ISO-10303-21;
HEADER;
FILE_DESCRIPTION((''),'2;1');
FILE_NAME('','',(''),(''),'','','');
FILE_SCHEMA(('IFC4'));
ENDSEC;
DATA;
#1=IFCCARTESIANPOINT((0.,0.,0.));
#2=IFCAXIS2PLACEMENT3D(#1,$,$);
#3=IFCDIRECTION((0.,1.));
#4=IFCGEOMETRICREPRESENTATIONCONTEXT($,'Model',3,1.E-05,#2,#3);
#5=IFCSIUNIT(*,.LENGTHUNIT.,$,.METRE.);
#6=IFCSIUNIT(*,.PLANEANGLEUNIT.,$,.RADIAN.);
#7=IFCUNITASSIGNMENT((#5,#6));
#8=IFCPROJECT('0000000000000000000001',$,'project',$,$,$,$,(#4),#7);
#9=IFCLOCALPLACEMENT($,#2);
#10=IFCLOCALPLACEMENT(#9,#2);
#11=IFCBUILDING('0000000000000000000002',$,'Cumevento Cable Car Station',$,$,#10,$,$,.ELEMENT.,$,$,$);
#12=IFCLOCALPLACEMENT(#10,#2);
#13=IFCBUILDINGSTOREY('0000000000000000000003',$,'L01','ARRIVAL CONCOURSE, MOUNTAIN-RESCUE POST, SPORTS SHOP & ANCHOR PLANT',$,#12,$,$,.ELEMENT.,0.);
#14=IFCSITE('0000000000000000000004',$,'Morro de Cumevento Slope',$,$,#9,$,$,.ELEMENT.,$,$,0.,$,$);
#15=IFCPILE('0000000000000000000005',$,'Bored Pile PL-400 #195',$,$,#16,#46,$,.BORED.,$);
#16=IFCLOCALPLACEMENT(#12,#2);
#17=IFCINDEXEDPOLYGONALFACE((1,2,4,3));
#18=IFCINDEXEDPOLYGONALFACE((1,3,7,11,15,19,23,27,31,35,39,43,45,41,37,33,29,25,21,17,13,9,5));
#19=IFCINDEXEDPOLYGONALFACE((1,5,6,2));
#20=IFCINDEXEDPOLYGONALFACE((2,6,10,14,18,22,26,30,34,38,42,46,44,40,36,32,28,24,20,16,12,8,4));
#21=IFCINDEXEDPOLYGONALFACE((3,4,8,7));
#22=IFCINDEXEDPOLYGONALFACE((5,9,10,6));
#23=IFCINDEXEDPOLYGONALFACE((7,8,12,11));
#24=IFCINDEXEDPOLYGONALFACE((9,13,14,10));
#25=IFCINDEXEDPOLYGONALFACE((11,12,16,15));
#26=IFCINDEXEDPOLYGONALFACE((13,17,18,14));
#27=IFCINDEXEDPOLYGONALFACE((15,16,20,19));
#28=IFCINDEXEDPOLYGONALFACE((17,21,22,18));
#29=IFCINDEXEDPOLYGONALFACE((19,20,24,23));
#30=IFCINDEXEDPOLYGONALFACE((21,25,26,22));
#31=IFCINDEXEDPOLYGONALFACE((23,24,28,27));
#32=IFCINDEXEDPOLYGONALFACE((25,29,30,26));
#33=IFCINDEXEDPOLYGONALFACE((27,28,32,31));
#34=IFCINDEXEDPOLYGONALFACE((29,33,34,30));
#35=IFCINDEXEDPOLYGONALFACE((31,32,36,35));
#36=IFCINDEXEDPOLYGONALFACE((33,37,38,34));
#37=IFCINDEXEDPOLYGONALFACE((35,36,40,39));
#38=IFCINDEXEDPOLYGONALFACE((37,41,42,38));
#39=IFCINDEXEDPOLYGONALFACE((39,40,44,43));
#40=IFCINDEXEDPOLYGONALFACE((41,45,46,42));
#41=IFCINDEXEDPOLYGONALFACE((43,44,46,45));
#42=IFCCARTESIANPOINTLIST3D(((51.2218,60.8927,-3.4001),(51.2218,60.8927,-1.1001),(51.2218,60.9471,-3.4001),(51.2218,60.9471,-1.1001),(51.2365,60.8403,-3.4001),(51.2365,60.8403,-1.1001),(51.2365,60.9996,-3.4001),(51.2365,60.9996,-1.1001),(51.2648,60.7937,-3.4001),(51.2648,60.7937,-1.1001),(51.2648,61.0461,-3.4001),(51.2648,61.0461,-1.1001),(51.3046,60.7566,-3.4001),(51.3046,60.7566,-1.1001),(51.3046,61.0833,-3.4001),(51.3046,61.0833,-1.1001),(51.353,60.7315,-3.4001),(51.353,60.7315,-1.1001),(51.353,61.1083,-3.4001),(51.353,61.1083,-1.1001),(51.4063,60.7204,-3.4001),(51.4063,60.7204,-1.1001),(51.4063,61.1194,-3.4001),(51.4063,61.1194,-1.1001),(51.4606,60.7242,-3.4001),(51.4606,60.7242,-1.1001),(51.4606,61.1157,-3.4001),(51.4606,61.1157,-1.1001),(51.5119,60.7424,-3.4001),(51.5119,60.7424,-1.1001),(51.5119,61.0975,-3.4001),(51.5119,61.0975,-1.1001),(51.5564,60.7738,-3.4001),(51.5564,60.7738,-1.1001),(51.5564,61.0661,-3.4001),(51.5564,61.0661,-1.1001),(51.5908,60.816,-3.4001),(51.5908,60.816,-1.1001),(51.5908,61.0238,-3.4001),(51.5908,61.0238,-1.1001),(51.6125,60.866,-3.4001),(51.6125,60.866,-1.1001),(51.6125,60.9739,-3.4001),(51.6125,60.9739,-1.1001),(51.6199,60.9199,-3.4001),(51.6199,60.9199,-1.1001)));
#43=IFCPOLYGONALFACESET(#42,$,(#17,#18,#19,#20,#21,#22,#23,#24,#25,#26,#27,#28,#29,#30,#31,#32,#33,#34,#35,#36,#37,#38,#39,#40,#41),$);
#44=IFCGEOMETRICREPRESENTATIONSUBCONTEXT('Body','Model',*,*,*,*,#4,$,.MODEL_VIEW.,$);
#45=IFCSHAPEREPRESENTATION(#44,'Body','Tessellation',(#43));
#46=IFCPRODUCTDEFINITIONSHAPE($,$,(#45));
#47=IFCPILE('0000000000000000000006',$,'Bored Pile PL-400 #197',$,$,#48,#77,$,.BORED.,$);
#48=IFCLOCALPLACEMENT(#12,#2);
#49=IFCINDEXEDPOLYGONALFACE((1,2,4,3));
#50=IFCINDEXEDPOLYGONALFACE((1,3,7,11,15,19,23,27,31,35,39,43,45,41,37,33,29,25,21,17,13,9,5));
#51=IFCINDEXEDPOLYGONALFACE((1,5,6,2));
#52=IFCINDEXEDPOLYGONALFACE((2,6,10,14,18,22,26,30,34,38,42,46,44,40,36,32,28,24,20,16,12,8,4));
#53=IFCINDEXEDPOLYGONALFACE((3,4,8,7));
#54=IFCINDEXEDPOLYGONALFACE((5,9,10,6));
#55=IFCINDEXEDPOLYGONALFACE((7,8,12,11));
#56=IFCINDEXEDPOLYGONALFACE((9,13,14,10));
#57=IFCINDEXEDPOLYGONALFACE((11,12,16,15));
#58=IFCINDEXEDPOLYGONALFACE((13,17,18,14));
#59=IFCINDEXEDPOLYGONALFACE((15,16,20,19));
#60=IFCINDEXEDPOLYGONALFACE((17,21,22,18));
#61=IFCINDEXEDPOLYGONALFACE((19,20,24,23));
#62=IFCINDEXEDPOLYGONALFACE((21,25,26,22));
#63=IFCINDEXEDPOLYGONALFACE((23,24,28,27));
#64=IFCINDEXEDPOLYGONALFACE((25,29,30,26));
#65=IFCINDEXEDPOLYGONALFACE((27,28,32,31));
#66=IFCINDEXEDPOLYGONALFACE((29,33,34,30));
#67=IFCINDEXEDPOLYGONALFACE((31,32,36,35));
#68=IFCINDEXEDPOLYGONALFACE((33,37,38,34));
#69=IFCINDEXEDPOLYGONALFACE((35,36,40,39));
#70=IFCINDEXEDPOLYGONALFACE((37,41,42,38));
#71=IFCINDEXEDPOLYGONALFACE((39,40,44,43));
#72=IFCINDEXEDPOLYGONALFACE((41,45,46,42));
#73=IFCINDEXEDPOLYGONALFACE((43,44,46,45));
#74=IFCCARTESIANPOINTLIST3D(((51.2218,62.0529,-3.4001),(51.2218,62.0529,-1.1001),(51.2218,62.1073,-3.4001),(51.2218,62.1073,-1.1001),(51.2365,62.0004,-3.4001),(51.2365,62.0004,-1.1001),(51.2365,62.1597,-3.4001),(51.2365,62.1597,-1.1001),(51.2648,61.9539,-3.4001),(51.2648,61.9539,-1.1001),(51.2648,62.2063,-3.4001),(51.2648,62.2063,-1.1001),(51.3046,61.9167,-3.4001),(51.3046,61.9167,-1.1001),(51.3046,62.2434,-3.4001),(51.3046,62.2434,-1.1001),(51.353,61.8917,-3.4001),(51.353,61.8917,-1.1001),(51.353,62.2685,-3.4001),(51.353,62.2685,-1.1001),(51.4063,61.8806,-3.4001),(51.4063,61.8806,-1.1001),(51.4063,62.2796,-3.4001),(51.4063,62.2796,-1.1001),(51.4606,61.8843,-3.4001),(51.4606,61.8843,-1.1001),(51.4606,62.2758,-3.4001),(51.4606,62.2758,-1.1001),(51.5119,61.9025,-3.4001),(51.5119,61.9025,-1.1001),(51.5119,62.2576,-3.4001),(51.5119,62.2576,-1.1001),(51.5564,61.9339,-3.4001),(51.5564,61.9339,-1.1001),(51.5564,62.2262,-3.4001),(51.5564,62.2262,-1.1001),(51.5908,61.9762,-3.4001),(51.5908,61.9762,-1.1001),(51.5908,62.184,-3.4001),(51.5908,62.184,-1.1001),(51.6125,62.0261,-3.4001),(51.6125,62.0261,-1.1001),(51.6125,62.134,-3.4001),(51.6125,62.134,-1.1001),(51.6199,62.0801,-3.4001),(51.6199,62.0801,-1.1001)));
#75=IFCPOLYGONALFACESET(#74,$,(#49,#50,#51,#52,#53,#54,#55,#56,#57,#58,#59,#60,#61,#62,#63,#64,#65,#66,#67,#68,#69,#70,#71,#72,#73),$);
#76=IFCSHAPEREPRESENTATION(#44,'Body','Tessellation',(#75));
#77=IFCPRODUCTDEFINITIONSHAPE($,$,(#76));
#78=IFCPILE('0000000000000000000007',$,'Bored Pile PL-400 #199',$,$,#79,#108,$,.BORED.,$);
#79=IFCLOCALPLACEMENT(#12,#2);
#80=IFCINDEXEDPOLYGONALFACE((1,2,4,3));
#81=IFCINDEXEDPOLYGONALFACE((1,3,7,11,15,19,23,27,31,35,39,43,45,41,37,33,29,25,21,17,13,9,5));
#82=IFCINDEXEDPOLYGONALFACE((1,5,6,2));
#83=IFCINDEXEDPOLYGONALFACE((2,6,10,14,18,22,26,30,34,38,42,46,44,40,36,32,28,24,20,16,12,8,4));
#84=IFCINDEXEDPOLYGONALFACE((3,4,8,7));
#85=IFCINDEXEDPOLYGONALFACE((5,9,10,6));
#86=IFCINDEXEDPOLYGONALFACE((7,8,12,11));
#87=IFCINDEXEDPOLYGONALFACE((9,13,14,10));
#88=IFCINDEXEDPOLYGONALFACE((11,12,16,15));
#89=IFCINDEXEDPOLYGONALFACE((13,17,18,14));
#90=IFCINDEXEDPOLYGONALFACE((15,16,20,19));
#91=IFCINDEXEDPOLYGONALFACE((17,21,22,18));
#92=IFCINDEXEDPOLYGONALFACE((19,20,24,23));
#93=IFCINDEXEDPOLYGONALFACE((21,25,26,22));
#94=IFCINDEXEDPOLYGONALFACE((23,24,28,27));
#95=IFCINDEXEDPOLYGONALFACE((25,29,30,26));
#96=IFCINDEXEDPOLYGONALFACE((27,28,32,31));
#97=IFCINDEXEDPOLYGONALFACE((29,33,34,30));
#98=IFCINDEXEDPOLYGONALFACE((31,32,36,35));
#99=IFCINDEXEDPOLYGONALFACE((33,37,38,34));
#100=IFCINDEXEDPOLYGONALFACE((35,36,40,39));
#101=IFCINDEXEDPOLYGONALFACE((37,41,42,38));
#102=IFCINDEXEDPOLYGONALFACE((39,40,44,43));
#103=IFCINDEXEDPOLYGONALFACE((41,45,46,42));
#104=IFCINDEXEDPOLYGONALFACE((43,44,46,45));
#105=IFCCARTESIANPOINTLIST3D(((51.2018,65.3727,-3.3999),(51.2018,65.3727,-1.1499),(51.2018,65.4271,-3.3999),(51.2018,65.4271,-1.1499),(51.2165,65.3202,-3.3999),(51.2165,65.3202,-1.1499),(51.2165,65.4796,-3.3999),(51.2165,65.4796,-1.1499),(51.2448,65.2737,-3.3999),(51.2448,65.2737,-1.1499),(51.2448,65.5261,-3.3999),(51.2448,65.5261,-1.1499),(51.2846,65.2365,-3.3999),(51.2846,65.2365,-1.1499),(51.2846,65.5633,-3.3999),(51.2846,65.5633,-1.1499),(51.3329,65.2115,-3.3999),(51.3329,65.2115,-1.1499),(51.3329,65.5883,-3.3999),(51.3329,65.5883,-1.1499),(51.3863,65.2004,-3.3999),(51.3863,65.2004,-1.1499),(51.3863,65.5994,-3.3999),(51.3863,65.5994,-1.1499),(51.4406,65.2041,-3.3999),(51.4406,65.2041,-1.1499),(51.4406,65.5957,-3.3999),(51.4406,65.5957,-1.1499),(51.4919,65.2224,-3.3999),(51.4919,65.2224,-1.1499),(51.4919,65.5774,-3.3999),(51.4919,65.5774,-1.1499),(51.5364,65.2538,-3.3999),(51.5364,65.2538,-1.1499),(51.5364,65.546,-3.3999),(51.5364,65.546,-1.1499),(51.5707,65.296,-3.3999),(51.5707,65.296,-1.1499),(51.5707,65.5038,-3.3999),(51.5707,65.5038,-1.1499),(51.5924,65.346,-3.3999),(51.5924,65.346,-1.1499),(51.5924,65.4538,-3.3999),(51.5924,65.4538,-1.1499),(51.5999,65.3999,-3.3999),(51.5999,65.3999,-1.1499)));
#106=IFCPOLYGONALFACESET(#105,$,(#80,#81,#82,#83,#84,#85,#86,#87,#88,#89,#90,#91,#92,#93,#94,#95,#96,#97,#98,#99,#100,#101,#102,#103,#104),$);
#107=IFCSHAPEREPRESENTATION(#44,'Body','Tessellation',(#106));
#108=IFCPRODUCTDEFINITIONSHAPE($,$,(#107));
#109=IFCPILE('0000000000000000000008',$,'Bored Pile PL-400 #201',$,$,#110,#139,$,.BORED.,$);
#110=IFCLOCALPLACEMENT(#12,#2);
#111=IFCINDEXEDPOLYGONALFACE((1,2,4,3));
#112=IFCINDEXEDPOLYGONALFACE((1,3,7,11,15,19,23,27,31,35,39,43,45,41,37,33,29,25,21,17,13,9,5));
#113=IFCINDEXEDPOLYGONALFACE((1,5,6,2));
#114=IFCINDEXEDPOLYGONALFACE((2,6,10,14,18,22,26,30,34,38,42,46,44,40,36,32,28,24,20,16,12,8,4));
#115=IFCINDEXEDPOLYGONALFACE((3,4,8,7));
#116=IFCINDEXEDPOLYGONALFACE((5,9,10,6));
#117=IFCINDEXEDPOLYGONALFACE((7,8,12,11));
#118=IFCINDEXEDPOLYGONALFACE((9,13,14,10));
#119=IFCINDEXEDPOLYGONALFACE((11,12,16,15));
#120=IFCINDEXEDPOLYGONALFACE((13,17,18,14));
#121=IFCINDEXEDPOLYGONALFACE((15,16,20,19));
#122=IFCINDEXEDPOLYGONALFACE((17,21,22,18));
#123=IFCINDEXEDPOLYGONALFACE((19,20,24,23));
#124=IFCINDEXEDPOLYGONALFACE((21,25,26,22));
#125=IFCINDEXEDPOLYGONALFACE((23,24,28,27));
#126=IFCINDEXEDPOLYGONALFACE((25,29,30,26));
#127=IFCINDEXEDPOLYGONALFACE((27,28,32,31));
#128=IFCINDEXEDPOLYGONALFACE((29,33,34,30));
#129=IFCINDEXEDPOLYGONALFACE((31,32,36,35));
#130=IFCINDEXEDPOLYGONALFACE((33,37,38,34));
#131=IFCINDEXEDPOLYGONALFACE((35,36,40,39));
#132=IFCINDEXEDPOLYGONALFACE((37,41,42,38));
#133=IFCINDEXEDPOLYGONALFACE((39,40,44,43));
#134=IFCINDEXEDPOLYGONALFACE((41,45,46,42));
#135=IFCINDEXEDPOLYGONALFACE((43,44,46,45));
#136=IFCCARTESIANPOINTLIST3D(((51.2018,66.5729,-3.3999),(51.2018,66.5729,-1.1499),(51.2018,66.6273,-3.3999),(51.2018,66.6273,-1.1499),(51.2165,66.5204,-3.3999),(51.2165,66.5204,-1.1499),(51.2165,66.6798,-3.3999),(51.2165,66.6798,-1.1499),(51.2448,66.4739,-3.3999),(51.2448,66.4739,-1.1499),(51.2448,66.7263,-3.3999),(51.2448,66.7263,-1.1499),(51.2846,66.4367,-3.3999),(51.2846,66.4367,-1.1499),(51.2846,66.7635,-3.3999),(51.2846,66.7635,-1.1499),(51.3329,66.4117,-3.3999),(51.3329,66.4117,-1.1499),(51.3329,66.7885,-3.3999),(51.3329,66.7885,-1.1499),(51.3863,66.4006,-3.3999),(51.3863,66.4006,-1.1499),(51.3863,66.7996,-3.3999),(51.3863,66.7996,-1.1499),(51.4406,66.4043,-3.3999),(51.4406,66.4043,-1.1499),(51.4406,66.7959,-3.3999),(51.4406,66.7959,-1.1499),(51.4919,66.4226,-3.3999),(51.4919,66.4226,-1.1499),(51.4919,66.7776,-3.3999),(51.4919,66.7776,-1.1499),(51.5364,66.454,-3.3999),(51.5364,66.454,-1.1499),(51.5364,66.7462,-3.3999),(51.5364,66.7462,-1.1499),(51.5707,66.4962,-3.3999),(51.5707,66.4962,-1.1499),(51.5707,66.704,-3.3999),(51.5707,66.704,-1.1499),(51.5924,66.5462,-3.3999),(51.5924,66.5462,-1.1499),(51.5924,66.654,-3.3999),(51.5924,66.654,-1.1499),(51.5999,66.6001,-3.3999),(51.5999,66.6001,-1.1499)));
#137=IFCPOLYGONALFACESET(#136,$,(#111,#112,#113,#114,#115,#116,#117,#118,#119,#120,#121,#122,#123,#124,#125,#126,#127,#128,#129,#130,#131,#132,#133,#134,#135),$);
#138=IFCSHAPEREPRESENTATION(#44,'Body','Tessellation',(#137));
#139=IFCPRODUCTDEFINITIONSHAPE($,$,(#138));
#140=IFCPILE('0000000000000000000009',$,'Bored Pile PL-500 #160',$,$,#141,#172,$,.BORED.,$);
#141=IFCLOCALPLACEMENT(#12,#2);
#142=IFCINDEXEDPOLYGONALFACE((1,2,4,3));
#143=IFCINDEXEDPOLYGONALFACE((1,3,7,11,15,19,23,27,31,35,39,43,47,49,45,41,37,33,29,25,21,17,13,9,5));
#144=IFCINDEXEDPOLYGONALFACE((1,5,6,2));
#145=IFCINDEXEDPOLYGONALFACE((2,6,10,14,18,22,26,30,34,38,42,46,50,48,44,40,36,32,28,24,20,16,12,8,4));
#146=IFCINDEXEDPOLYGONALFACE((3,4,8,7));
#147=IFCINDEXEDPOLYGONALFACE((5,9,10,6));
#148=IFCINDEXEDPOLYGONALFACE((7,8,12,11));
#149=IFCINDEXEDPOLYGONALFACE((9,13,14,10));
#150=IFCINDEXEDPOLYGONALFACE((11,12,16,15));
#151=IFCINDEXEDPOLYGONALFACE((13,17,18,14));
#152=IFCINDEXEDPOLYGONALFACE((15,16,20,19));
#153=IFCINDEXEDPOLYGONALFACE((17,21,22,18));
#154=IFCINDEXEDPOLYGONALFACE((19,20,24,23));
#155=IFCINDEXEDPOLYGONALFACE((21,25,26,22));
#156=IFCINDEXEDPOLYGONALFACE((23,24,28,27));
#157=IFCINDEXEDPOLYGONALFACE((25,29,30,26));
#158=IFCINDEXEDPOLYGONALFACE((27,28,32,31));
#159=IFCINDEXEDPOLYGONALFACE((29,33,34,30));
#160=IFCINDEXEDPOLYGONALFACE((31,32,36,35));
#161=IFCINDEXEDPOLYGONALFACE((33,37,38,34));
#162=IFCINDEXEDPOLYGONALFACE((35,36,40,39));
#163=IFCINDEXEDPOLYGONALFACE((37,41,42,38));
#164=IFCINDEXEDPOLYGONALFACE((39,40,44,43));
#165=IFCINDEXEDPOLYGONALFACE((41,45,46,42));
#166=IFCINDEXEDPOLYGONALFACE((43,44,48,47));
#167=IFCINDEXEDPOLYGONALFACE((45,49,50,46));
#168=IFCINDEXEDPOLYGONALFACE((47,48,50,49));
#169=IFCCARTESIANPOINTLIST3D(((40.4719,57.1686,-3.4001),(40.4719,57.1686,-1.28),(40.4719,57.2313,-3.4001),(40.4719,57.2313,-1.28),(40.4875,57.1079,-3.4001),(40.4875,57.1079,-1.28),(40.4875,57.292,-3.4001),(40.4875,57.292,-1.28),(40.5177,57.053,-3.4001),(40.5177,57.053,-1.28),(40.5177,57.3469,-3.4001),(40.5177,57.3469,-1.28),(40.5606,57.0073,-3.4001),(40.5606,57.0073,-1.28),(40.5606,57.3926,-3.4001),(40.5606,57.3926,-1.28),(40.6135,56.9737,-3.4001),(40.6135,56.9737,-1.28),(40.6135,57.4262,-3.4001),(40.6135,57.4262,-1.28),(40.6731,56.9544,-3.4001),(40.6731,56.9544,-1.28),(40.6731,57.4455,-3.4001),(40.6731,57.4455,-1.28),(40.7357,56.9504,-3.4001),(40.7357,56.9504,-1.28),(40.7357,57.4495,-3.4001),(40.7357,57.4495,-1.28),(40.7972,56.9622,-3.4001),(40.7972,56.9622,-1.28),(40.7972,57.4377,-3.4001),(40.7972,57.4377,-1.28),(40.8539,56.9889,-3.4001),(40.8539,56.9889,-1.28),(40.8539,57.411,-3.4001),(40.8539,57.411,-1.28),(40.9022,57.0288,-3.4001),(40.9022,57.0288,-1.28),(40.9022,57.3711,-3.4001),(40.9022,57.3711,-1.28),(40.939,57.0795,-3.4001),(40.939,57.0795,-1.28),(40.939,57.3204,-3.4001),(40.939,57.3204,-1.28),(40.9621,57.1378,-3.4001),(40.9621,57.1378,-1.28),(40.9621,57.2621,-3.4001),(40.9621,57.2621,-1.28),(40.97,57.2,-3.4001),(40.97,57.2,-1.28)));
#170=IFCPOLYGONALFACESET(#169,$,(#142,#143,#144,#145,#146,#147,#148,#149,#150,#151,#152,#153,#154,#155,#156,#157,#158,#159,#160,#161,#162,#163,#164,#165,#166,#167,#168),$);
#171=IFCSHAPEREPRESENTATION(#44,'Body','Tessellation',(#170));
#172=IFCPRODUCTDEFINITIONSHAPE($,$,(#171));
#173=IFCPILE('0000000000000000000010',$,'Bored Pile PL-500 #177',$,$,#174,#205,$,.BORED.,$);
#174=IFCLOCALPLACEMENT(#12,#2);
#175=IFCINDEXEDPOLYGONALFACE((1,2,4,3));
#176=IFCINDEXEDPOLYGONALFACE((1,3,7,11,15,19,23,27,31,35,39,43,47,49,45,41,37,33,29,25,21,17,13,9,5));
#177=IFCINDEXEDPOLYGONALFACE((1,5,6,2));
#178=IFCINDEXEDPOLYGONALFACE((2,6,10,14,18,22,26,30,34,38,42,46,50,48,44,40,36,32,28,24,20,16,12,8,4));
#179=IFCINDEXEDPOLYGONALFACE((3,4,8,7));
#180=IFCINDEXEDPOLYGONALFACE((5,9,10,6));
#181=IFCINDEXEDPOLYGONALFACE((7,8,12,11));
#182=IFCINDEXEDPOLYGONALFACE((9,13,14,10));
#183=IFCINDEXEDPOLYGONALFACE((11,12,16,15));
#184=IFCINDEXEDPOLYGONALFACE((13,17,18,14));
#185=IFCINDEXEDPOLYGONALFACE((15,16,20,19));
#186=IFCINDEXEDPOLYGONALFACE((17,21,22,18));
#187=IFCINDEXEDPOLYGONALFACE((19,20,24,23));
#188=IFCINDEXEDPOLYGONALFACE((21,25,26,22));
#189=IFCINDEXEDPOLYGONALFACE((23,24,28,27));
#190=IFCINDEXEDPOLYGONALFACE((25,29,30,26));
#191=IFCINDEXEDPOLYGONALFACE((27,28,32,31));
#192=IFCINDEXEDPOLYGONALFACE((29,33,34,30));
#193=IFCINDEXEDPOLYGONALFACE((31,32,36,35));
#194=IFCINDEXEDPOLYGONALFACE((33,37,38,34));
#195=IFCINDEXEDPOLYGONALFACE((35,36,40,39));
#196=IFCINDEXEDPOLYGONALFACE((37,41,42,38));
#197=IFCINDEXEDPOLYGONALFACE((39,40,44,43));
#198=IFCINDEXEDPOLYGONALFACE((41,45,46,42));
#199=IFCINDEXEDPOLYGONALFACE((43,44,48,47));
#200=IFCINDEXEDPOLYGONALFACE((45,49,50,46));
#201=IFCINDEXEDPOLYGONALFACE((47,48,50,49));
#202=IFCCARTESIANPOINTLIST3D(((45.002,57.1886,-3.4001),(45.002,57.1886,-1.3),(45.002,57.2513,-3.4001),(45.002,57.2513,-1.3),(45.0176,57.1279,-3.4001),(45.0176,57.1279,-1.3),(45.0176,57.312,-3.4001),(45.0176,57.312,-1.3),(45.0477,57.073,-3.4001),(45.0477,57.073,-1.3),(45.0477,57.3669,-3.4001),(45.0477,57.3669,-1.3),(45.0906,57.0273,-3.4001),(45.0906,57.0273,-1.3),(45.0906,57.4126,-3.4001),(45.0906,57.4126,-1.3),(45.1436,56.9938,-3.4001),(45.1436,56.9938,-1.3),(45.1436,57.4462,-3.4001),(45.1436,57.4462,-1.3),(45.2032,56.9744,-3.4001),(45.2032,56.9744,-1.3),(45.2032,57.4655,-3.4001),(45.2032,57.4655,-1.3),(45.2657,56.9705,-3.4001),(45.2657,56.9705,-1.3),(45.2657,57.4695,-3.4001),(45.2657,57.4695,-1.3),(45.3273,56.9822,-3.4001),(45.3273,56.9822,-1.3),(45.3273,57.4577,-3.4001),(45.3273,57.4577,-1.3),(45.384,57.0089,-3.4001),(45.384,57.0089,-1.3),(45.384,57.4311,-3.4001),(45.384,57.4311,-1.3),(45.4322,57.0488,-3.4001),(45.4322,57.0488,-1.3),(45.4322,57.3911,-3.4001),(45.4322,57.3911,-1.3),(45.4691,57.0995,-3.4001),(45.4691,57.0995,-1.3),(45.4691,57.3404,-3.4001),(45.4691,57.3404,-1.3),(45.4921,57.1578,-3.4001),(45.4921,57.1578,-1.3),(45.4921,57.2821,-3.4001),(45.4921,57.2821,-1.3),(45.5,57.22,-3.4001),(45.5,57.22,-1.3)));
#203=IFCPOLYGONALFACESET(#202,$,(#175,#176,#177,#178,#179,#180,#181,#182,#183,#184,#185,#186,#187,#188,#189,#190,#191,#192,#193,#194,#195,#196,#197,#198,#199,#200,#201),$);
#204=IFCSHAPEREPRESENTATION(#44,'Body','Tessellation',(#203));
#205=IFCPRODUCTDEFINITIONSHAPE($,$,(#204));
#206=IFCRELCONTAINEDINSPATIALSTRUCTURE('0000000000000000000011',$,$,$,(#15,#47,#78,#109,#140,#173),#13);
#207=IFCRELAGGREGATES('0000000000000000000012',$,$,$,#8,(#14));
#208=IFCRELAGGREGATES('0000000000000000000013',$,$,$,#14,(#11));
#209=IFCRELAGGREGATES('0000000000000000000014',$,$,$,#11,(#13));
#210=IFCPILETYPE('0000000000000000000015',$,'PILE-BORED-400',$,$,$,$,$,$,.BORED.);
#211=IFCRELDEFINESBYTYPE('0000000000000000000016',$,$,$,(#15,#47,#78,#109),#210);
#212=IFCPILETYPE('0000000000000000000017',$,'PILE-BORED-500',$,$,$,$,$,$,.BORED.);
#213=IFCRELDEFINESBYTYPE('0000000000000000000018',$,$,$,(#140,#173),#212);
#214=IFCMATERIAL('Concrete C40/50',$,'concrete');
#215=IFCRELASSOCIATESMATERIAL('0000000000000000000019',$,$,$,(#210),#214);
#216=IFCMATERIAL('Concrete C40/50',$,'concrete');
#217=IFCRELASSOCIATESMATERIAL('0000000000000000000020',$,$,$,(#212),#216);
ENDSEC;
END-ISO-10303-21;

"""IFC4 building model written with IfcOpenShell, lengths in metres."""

from ifc_helpers import new_model, si_unit, direction, frame, origin, origin_2d, place, context, subcontext, project, spatial, circle, extrude, material, material_profile, profile_set, type_object, element, save


model = new_model("IFC4")

# Units and contexts
model_context = context("Model", 3, precision=1e-05, world=origin(), true_north=direction((0.0, 1.0)))
body_context = subcontext(model_context, "Body", "Model", "MODEL_VIEW")
ifc_project = project(units=[si_unit("LENGTHUNIT", "METRE"), si_unit("PLANEANGLEUNIT", "RADIAN")], contexts=[model_context])

# Site, building, storey
site_placement = place(None, origin())
site = spatial("IfcSite", under=ifc_project, at=site_placement, Name="Morro de Cumevento Slope", CompositionType="ELEMENT", RefElevation=0.0)
building_placement = place(site_placement, origin())
building = spatial("IfcBuilding", under=site, at=building_placement, Name="Cumevento Cable Car Station", CompositionType="ELEMENT")
storey_placement = place(building_placement, origin())
storey = spatial("IfcBuildingStorey", under=building, at=storey_placement, Name="L01", Description="ARRIVAL CONCOURSE, MOUNTAIN-RESCUE POST, SPORTS SHOP & ANCHOR PLANT", CompositionType="ELEMENT", Elevation=0.0)

# Piles
ifc_material_1 = material(Name="Concrete C40/50", Category="concrete")
ifc_material_profile_1 = material_profile(ifc_material_1, circle(Radius=0.2, at=origin_2d()), Name="PILE-D400")
ifc_profile_set_1 = profile_set([ifc_material_profile_1], Name="Concrete C40/50")
pile_type_1 = type_object("IfcPileType", Name="PILE-BORED-400", PredefinedType="BORED", material=ifc_profile_set_1)
for number, where, z_axis, x_axis, name in (
    (1, (51.4199, 60.9199, -1.1001), (0.0, 0.0, -1.0), (1.0, 0.0, 0.0), "Bored Pile PL-400 #195"),
    (2, (51.4199, 62.0801, -1.1001), (0.0, 0.0, -1.0), (1.0, 0.0, 0.0), "Bored Pile PL-400 #197"),
):
    element("IfcPile", number, at=place(storey_placement, frame(where, z_axis=z_axis, x_axis=x_axis)), inside=storey, type_object=pile_type_1, Name=name, PredefinedType="BORED", context=body_context, shape_type="SweptSolid", body=[
        extrude(circle(Radius=0.2, at=origin_2d()), origin(), (0.0, 0.0, 1.0), 2.3),
    ])
for number, where, z_axis, x_axis, name in (
    (3, (51.3999, 65.3999, -1.1499), (0.0, 0.0, -1.0), (1.0, 0.0, 0.0), "Bored Pile PL-400 #199"),
    (4, (51.3999, 66.6001, -1.1499), (0.0, 0.0, -1.0), (1.0, 0.0, 0.0), "Bored Pile PL-400 #201"),
):
    element("IfcPile", number, at=place(storey_placement, frame(where, z_axis=z_axis, x_axis=x_axis)), inside=storey, type_object=pile_type_1, Name=name, PredefinedType="BORED", context=body_context, shape_type="SweptSolid", body=[
        extrude(circle(Radius=0.2, at=origin_2d()), origin(), (0.0, 0.0, 1.0), 2.25),
    ])
ifc_material_2 = material(Name="Concrete C40/50", Category="concrete")
ifc_material_profile_2 = material_profile(ifc_material_2, circle(Radius=0.25, at=origin_2d()), Name="PILE-D500")
ifc_profile_set_2 = profile_set([ifc_material_profile_2], Name="Concrete C40/50")
pile_type_2 = type_object("IfcPileType", Name="PILE-BORED-500", PredefinedType="BORED", material=ifc_profile_set_2)
pile_placement = place(storey_placement, frame((40.72, 57.2, -1.28), z_axis=(0.0, 0.0, -1.0), x_axis=(1.0, 0.0, 0.0)))
element("IfcPile", 5, at=pile_placement, inside=storey, type_object=pile_type_2, Name="Bored Pile PL-500 #160", PredefinedType="BORED", context=body_context, shape_type="SweptSolid", body=[
    extrude(circle(Radius=0.25, at=origin_2d()), origin(), (0.0, 0.0, 1.0), 2.1201),
])
for number, where, z_axis, x_axis, name in (
    (6, (45.25, 57.22, -1.3), (0.0, 0.0, -1.0), (1.0, 0.0, 0.0), "Bored Pile PL-500 #177"),
):
    element("IfcPile", number, at=place(storey_placement, frame(where, z_axis=z_axis, x_axis=x_axis)), inside=storey, type_object=pile_type_2, Name=name, PredefinedType="BORED", context=body_context, shape_type="SweptSolid", body=[
        extrude(circle(Radius=0.25, at=origin_2d()), origin(), (0.0, 0.0, 1.0), 2.1001),
    ])

save(model, "model.ifc")
